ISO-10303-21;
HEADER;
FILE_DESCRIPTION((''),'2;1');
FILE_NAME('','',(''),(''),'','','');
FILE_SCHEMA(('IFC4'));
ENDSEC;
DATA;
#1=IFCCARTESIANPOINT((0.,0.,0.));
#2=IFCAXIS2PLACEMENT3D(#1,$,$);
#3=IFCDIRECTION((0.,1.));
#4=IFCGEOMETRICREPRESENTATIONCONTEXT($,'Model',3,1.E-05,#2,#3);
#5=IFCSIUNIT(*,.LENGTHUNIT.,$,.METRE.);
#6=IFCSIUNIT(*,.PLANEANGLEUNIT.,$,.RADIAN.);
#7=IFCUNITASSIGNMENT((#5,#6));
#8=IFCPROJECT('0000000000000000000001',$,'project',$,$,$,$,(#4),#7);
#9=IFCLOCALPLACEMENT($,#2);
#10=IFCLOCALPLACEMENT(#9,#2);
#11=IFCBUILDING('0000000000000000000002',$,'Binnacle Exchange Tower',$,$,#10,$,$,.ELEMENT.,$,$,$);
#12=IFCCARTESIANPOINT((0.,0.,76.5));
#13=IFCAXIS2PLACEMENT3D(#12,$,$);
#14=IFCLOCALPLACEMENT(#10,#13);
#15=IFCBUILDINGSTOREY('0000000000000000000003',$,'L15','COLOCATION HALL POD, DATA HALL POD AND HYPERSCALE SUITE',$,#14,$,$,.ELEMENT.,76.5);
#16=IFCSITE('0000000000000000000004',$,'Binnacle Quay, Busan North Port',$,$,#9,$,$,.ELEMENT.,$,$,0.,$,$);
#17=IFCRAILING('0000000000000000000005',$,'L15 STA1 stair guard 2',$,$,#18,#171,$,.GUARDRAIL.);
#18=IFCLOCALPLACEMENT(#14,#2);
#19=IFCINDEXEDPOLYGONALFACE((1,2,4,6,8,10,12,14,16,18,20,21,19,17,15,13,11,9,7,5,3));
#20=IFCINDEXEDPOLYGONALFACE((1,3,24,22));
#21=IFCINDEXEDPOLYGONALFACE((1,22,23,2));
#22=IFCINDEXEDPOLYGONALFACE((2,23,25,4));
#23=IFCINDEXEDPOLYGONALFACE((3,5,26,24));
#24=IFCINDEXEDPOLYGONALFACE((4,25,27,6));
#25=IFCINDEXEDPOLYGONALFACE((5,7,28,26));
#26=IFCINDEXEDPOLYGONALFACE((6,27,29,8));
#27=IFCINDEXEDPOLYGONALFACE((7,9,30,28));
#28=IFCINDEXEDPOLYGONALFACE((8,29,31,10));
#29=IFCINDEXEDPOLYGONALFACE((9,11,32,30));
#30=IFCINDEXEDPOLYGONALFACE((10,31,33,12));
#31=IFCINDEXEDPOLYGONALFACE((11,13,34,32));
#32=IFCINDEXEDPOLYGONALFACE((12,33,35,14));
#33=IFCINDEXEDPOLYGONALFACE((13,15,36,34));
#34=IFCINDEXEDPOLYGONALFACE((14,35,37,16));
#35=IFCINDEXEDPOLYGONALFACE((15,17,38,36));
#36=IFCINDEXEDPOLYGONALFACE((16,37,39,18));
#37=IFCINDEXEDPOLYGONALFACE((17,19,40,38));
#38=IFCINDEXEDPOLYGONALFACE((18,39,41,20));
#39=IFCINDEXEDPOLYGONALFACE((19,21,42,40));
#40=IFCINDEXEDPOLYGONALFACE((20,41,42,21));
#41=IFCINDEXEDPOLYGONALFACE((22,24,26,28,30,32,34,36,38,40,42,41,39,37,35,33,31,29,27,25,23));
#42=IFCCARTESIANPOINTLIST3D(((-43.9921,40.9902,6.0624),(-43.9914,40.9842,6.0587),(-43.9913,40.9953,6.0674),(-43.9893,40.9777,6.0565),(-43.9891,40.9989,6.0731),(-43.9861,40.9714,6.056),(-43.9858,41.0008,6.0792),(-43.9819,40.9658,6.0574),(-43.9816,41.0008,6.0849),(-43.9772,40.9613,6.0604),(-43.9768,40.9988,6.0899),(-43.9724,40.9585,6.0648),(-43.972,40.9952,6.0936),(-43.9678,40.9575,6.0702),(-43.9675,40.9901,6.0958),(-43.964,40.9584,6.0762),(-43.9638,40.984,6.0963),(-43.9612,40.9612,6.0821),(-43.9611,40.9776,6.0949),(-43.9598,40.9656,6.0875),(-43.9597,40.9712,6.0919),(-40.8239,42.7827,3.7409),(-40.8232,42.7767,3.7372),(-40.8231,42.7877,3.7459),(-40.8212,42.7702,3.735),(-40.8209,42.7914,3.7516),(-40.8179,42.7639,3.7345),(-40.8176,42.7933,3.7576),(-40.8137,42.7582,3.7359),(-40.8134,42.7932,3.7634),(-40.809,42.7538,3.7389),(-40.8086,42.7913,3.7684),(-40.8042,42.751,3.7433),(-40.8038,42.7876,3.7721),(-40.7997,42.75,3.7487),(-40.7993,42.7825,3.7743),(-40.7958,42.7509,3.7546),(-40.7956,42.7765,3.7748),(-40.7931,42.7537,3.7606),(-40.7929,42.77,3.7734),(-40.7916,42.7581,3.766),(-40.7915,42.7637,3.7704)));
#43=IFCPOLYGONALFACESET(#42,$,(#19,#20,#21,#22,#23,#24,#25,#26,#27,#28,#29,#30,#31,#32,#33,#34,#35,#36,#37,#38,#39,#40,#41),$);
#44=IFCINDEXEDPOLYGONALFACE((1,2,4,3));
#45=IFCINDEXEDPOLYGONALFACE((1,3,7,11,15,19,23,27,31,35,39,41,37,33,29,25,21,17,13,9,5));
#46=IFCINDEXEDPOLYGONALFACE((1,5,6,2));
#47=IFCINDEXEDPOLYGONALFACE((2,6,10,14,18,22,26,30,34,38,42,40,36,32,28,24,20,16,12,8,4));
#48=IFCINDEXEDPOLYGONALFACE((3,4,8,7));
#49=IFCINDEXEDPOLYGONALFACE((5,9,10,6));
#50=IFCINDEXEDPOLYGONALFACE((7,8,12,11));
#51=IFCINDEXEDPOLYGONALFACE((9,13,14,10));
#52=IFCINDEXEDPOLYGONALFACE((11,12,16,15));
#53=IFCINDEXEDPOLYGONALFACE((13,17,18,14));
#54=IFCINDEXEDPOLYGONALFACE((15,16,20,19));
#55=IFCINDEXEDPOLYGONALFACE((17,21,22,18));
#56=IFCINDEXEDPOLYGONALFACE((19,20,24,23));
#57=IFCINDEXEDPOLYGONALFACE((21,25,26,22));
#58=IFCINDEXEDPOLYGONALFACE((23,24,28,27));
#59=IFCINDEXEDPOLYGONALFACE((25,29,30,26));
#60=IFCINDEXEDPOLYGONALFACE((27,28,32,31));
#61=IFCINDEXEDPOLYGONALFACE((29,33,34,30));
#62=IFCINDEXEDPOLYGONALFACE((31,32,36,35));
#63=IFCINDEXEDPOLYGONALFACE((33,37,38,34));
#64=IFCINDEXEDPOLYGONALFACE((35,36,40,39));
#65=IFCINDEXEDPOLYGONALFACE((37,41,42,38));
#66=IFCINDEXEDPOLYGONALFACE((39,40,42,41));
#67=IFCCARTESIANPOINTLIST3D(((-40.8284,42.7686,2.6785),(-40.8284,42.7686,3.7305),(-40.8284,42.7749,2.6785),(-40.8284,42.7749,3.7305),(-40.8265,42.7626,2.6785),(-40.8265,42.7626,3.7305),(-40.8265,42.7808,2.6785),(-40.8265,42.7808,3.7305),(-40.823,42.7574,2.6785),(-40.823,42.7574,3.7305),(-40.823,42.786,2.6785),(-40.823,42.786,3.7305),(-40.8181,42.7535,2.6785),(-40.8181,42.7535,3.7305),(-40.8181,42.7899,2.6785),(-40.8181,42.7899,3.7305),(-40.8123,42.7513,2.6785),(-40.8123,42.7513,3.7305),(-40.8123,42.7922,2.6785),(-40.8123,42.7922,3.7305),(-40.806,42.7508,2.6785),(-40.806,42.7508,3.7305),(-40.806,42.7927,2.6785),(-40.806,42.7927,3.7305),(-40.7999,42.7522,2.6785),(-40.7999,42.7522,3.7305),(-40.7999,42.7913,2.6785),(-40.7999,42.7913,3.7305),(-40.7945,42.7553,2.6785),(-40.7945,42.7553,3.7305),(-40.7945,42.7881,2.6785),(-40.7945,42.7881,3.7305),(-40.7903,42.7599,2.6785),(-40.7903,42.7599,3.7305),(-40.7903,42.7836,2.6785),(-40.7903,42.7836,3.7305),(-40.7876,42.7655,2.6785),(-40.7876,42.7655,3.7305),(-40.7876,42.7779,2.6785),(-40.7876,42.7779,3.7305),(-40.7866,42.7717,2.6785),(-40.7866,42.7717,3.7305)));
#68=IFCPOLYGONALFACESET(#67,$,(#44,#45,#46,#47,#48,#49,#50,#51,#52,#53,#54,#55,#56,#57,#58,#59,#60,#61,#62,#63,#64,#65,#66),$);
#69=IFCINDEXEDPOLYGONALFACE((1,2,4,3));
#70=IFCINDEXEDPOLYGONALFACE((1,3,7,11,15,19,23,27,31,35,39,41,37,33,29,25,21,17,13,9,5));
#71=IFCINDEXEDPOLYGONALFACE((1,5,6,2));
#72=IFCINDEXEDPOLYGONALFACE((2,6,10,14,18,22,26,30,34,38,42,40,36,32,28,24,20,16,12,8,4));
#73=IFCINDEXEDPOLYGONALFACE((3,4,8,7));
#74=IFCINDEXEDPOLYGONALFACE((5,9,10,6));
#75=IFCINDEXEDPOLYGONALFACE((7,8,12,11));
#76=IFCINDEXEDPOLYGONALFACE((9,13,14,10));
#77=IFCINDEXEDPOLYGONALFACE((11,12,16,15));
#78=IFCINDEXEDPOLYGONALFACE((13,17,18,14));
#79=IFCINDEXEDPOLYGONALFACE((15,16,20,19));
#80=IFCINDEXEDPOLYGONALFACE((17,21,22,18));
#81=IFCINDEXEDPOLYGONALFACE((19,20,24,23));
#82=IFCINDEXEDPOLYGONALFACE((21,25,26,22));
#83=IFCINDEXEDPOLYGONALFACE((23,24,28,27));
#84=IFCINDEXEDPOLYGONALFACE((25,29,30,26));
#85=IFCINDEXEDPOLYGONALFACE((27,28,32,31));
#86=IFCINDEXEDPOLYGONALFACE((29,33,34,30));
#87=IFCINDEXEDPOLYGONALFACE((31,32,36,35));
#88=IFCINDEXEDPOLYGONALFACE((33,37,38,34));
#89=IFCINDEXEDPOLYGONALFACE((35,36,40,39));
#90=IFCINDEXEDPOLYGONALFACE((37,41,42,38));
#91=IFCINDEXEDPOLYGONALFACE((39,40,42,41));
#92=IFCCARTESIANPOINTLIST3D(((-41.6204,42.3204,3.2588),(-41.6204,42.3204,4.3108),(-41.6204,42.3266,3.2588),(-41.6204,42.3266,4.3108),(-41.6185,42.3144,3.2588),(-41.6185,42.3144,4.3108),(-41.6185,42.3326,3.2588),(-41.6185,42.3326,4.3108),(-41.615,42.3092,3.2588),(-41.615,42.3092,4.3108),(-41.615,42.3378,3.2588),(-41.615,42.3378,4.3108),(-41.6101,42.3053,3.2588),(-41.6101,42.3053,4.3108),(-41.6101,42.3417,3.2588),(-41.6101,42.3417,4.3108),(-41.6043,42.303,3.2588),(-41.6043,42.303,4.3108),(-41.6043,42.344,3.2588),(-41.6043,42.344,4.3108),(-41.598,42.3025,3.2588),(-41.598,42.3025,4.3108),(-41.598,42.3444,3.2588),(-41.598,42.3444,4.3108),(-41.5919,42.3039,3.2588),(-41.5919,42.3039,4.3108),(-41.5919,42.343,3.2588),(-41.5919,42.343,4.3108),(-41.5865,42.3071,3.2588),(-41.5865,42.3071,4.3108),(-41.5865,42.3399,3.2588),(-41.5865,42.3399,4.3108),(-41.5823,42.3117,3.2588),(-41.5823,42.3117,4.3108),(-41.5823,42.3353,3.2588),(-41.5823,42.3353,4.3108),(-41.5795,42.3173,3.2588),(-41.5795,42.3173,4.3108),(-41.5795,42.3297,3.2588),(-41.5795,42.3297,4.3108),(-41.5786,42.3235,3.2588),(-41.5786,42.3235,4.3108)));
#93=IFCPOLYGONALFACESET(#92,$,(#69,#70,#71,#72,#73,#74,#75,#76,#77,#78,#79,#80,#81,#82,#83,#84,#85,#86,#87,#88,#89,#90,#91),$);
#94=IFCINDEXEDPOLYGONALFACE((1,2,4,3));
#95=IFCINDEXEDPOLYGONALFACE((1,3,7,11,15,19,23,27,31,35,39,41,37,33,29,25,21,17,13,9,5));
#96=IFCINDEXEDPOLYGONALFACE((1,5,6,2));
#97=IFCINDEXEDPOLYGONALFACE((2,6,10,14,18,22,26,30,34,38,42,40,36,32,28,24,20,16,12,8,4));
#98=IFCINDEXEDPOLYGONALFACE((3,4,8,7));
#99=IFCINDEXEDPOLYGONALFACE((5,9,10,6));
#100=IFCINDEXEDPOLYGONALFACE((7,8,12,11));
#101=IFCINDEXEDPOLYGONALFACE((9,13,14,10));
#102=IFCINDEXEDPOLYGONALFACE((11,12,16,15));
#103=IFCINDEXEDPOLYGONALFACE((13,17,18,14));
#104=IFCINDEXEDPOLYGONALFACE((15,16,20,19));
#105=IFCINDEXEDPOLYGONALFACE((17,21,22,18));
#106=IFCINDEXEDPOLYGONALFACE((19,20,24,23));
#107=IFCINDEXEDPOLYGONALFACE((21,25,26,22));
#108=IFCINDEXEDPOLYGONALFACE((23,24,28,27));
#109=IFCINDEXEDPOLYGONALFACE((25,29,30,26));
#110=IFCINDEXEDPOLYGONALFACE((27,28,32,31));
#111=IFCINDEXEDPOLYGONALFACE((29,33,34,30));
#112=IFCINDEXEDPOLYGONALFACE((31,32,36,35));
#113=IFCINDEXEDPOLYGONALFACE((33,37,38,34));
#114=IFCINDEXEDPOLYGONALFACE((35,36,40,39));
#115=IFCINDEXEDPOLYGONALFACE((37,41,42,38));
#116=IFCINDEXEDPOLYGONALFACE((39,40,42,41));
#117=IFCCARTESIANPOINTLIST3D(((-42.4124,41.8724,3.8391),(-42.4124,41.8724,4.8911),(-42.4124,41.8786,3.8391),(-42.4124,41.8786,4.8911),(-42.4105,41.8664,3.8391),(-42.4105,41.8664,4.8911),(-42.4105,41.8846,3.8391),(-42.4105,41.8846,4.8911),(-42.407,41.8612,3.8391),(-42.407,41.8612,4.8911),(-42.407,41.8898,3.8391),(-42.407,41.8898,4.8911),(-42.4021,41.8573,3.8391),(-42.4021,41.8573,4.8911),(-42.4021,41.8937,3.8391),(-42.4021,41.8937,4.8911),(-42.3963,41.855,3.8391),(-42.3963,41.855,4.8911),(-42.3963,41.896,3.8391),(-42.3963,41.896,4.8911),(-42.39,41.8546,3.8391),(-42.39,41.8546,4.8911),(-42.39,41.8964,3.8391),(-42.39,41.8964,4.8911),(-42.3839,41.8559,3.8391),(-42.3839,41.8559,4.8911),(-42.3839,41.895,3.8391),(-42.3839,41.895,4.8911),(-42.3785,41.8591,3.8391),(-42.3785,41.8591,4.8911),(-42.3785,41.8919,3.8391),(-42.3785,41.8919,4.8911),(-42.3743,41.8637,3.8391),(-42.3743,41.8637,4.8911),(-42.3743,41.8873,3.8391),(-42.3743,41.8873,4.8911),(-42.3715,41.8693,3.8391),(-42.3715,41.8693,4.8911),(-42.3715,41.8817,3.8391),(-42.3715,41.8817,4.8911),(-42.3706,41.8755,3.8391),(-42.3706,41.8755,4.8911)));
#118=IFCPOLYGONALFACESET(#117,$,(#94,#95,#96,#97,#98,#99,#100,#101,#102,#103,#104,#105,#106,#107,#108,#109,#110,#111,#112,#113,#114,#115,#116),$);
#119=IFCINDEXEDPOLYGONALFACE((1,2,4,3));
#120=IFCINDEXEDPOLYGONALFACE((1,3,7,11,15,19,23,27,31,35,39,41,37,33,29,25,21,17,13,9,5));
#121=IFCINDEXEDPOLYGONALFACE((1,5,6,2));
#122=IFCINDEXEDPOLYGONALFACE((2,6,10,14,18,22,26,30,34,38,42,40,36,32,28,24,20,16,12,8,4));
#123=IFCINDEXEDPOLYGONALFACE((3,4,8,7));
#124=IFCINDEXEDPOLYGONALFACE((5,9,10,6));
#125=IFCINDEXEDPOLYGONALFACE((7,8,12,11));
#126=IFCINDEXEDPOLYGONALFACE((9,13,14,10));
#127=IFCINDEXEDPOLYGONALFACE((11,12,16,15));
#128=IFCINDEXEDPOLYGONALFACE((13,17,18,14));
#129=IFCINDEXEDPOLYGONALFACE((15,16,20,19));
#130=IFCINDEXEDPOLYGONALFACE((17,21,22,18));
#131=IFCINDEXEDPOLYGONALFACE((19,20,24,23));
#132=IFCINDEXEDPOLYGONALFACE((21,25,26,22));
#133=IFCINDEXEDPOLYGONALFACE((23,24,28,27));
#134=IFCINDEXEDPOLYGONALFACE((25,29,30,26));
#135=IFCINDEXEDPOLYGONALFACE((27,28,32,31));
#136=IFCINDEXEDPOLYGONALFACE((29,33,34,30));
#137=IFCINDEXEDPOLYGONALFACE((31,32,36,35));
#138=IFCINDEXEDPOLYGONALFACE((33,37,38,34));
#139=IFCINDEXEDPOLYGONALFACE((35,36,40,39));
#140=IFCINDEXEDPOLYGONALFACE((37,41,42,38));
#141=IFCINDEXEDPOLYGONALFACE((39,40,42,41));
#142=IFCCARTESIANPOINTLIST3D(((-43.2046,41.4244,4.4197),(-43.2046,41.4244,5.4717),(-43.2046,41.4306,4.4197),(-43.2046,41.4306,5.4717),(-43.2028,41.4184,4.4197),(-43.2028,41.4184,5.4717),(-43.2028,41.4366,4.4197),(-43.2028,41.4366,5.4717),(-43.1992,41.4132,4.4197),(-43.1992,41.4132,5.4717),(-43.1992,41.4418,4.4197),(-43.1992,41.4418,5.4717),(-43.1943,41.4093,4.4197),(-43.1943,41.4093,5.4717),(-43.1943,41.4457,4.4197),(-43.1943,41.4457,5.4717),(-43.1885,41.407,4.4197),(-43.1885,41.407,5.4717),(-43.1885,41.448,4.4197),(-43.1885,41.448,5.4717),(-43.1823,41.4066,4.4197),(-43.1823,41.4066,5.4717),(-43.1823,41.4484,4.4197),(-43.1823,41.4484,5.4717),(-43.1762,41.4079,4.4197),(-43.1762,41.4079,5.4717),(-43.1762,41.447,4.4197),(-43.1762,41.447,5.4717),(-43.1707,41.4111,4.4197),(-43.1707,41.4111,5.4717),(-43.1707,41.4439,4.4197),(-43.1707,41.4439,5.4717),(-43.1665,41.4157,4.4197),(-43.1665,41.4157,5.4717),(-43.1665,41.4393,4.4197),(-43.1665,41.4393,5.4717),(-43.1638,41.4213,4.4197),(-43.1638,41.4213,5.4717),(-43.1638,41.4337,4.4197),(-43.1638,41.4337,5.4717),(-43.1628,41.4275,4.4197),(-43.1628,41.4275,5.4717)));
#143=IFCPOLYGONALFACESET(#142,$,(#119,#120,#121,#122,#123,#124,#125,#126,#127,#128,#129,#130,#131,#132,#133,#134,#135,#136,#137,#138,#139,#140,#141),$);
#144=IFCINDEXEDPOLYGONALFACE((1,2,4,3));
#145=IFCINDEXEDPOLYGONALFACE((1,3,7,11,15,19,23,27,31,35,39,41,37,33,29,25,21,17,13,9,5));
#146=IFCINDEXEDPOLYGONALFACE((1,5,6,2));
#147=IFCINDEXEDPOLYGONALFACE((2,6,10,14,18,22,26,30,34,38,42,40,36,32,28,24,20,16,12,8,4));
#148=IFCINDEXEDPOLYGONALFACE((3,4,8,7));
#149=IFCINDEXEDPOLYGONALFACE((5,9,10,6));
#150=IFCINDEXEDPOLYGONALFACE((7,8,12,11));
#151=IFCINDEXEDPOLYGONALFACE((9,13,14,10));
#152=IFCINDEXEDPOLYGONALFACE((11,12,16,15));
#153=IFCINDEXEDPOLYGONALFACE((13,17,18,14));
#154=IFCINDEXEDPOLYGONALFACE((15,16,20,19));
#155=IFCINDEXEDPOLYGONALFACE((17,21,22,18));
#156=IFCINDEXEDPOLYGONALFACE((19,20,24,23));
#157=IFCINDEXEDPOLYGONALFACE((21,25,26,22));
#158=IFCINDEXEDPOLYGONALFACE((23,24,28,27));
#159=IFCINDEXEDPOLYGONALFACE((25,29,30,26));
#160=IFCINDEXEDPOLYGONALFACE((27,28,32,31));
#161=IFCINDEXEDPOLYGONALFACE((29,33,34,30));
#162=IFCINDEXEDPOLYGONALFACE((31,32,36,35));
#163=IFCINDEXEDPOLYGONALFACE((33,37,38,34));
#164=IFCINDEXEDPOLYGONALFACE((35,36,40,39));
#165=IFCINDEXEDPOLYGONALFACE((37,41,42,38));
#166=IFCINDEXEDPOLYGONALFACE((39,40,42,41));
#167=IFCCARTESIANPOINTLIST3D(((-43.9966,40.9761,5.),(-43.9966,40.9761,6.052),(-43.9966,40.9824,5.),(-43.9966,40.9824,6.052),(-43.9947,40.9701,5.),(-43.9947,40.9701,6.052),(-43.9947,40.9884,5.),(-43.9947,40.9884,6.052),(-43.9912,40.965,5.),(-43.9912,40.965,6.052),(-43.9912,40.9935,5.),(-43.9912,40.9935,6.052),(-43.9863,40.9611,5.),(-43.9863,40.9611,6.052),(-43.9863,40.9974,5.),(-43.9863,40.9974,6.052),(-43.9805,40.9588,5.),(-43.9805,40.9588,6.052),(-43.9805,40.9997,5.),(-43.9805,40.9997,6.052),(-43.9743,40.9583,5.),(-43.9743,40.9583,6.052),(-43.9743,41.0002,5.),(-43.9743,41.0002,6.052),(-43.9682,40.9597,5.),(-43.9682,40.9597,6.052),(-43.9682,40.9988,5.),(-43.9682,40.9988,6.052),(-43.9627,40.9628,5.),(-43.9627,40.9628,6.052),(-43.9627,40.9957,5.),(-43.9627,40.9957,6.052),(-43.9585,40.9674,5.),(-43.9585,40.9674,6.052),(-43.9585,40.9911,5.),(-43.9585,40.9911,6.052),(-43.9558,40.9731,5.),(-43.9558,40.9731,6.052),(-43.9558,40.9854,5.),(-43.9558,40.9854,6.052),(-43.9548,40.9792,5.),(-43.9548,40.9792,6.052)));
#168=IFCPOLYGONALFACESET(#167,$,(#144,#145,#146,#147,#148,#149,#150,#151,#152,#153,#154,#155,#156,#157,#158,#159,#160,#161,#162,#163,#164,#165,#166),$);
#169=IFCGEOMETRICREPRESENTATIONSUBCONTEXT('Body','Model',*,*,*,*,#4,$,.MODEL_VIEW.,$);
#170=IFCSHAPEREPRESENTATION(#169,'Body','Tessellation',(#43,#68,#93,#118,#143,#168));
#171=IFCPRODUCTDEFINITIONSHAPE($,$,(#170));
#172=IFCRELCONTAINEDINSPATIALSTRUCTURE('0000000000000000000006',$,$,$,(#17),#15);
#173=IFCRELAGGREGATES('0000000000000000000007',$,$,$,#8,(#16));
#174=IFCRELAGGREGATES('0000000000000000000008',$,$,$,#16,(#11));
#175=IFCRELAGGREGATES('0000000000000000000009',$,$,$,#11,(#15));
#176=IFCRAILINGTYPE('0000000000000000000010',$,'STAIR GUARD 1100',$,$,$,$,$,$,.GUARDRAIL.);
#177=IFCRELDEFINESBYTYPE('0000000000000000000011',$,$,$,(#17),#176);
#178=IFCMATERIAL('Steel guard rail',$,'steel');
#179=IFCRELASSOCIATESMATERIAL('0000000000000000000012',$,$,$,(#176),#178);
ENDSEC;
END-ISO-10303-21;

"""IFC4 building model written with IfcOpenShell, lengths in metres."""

from ifc_helpers import new_model, si_unit, direction, frame, origin, origin_2d, place, context, subcontext, project, spatial, circle, extrude, material, type_object, element, save


model = new_model("IFC4")

# Units and contexts
model_context = context("Model", 3, precision=1e-05, world=origin(), true_north=direction((0.0, 1.0)))
body_context = subcontext(model_context, "Body", "Model", "MODEL_VIEW")
ifc_project = project(units=[si_unit("LENGTHUNIT", "METRE"), si_unit("PLANEANGLEUNIT", "RADIAN")], contexts=[model_context])

# Site, building, storey
site_placement = place(None, origin())
site = spatial("IfcSite", under=ifc_project, at=site_placement, Name="Binnacle Quay, Busan North Port", CompositionType="ELEMENT", RefElevation=0.0)
building_placement = place(site_placement, origin())
building = spatial("IfcBuilding", under=site, at=building_placement, Name="Binnacle Exchange Tower", CompositionType="ELEMENT")
storey_placement = place(building_placement, frame((0.0, 0.0, 76.5)))
storey = spatial("IfcBuildingStorey", under=building, at=storey_placement, Name="L15", Description="COLOCATION HALL POD, DATA HALL POD AND HYPERSCALE SUITE", CompositionType="ELEMENT", Elevation=76.5)

# Railing
ifc_material_1 = material(Name="Steel guard rail", Category="steel")
railing_type_1 = type_object("IfcRailingType", Name="STAIR GUARD 1100", PredefinedType="GUARDRAIL", material=ifc_material_1)
railing_1_placement = place(storey_placement, frame((-40.8076, 42.7717, 2.6785)))
element("IfcRailing", 1, at=railing_1_placement, inside=storey, type_object=railing_type_1, Name="L15 STA1 stair guard 2", PredefinedType="GUARDRAIL", context=body_context, shape_type="SweptSolid", body=[
    extrude(circle(Radius=0.0239, at=origin_2d()), frame((0.0, 0.0, 1.0762), z_axis=(-0.733822, -0.415174, 0.537714), x_axis=(0.492422, -0.870357, 0.0)), (0.0, 0.0, 1.0), 4.3174),
    extrude(circle(Radius=0.021, at=origin_2d()), origin(), (0.0, 0.0, 1.0), 1.052),
    extrude(circle(Radius=0.021, at=origin_2d()), frame((-0.792, -0.4482, 0.5803)), (0.0, 0.0, 1.0), 1.052),
    extrude(circle(Radius=0.021, at=origin_2d()), frame((-1.584, -0.8962, 1.1606)), (0.0, 0.0, 1.0), 1.052),
    extrude(circle(Radius=0.021, at=origin_2d()), frame((-2.3762, -1.3442, 1.7412)), (0.0, 0.0, 1.0), 1.052),
    extrude(circle(Radius=0.021, at=origin_2d()), frame((-3.1682, -1.7925, 2.3215)), (0.0, 0.0, 1.0), 1.052),
])

save(model, "model.ifc")
